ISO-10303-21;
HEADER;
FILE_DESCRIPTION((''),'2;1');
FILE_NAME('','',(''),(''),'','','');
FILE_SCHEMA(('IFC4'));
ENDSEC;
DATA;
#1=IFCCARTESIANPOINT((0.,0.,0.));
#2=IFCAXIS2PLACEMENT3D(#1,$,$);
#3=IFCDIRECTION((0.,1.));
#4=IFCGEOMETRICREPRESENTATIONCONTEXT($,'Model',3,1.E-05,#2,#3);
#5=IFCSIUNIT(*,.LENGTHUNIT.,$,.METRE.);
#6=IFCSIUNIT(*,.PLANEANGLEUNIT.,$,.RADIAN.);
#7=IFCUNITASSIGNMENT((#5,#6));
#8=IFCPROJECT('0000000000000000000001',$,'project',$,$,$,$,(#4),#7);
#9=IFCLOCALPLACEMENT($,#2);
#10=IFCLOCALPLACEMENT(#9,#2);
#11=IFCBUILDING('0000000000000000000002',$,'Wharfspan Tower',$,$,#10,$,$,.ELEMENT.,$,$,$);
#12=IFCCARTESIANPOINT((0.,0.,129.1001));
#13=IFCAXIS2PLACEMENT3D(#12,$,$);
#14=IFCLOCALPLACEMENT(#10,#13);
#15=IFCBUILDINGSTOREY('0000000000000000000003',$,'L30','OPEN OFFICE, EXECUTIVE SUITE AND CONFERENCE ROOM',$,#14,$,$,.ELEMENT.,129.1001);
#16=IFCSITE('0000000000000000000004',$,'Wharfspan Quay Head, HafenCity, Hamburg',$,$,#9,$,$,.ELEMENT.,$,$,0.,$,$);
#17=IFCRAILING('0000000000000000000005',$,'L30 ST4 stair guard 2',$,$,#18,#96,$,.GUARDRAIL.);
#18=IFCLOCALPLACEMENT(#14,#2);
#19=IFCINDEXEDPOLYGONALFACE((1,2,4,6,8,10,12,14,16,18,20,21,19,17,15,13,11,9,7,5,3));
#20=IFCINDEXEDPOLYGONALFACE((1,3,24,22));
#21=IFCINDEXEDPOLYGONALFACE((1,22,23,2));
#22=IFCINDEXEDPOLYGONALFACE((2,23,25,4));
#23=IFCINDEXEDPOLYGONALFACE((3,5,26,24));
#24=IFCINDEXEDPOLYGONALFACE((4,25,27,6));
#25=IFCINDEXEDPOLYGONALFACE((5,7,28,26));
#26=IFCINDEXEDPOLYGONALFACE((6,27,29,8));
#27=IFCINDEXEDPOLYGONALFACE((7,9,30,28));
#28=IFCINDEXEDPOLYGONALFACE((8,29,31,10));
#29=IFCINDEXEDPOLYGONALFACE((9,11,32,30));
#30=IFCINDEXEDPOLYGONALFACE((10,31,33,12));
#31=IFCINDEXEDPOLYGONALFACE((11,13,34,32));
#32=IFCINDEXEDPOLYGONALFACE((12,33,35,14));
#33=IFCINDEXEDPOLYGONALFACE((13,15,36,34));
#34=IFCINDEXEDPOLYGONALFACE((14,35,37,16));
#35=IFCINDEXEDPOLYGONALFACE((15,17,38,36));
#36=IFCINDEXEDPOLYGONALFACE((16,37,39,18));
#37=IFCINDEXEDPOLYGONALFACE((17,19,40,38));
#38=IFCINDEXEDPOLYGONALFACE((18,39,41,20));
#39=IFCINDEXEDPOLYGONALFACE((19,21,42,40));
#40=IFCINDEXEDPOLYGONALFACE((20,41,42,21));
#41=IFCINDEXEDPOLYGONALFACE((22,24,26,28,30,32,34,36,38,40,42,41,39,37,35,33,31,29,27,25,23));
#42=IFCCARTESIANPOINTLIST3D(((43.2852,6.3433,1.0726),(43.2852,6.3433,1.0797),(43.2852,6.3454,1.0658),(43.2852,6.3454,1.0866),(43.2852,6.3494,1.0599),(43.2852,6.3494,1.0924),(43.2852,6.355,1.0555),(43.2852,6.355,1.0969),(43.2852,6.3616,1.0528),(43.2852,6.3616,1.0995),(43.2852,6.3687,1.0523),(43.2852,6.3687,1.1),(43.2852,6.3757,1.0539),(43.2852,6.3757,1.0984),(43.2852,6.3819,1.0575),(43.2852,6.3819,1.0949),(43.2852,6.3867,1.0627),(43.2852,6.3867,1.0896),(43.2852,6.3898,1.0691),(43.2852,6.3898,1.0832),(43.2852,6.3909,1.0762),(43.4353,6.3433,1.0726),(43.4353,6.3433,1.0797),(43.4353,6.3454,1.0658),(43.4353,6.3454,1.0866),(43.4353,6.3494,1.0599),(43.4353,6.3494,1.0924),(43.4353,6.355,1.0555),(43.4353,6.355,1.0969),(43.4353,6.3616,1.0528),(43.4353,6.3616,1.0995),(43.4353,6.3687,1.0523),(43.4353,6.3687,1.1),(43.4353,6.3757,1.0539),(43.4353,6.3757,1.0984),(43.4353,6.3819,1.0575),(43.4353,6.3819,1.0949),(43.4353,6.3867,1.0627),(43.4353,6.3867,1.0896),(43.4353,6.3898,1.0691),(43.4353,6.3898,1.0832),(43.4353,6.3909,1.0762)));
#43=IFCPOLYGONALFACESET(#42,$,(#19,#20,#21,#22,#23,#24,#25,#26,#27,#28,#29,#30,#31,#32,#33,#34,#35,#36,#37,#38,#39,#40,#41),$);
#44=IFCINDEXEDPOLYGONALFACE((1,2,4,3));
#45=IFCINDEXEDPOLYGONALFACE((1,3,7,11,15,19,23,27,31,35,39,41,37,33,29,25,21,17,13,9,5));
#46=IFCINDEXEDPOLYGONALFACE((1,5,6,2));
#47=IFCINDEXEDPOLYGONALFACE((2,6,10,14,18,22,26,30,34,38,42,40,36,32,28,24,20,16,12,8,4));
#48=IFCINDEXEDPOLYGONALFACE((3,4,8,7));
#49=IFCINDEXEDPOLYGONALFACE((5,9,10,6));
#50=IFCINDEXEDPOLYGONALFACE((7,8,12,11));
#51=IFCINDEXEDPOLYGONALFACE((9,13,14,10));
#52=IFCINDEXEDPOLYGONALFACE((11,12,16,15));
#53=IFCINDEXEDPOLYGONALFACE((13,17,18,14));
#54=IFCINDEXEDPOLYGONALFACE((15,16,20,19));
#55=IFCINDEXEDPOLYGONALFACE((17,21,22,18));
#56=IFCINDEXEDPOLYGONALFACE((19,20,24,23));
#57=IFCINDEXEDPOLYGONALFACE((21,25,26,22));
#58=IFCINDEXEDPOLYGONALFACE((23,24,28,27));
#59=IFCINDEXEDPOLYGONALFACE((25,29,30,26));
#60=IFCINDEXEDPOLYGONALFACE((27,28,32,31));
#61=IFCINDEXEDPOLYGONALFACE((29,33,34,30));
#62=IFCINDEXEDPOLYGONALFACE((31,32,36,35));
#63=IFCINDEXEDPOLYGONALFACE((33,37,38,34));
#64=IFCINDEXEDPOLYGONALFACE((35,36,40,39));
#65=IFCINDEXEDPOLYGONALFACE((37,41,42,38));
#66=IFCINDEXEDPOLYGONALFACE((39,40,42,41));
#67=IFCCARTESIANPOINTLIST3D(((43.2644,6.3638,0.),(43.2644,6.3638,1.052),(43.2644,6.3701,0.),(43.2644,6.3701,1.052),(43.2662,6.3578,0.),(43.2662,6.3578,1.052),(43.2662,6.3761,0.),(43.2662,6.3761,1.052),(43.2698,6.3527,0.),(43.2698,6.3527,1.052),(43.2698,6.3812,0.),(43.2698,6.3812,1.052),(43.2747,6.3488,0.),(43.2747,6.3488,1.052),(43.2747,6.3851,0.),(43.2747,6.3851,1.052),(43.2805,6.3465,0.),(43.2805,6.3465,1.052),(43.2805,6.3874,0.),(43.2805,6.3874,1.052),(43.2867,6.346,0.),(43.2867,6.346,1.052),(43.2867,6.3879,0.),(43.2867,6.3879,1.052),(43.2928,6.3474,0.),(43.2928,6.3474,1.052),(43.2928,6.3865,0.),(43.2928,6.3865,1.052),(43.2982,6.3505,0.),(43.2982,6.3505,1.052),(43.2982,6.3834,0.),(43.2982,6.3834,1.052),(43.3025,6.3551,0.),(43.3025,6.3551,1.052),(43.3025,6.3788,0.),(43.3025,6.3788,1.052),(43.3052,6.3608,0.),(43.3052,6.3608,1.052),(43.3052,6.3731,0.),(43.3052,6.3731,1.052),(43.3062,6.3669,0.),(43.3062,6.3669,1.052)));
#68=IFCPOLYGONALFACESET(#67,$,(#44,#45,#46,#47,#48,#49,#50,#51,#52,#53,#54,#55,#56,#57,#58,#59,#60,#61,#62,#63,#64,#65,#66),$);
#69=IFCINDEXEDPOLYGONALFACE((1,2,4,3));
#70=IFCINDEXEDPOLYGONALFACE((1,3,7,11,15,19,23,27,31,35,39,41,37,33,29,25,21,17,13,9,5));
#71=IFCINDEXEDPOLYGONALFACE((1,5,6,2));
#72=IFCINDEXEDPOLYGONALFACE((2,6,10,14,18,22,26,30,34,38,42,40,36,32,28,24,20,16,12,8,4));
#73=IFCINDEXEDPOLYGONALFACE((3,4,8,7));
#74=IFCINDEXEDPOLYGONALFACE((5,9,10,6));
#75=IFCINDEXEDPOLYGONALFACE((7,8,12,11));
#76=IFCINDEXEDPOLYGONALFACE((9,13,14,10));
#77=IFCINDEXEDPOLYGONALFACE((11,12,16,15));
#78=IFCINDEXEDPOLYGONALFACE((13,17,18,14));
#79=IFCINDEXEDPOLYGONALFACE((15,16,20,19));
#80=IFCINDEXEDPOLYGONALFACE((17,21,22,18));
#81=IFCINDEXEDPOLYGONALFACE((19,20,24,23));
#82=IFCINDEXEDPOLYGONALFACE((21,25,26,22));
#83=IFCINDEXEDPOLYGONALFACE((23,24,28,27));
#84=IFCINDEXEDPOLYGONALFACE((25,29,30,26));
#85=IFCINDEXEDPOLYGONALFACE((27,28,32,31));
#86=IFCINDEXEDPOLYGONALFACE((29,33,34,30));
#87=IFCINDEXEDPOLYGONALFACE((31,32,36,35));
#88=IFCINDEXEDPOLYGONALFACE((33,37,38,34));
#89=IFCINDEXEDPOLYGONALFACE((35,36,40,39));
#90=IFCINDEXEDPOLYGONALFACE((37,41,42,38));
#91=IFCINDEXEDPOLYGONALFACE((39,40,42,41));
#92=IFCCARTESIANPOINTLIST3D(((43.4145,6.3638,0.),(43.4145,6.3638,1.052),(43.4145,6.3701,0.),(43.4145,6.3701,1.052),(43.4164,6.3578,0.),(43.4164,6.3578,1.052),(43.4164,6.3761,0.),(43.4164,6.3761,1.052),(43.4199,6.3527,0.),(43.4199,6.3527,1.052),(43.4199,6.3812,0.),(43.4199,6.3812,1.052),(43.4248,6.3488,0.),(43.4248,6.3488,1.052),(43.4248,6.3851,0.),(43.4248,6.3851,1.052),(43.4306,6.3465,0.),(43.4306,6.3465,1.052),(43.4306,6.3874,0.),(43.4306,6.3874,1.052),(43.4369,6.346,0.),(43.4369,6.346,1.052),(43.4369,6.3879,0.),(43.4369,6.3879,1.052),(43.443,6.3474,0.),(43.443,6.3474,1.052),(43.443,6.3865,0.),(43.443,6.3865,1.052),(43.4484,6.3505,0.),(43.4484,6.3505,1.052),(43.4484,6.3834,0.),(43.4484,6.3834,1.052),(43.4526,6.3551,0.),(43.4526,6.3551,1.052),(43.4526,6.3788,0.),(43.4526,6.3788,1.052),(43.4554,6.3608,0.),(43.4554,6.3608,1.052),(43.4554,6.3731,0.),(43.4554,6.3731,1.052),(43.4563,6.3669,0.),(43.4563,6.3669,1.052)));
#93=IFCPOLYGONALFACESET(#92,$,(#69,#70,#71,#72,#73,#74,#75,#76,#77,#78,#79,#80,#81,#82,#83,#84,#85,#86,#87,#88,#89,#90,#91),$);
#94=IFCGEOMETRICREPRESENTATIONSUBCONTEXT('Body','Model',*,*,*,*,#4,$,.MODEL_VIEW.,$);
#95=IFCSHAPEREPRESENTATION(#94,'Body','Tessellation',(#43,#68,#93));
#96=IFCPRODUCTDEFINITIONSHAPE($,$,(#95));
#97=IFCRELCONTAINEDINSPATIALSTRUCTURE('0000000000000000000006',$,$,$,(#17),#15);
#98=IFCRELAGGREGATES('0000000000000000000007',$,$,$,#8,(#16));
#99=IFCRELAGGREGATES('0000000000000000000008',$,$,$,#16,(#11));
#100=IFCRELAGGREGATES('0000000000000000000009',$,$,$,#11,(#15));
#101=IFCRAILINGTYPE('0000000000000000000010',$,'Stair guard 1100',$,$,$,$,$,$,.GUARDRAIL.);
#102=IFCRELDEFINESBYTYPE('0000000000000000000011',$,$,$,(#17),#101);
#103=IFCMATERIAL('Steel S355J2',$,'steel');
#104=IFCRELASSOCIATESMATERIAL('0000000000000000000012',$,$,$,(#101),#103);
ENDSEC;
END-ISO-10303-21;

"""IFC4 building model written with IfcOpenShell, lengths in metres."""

from ifc_helpers import new_model, si_unit, direction, frame, origin, origin_2d, place, context, subcontext, project, spatial, circle, extrude, material, type_object, element, save


model = new_model("IFC4")

# Units and contexts
model_context = context("Model", 3, precision=1e-05, world=origin(), true_north=direction((0.0, 1.0)))
body_context = subcontext(model_context, "Body", "Model", "MODEL_VIEW")
ifc_project = project(units=[si_unit("LENGTHUNIT", "METRE"), si_unit("PLANEANGLEUNIT", "RADIAN")], contexts=[model_context])

# Site, building, storey
site_placement = place(None, origin())
site = spatial("IfcSite", under=ifc_project, at=site_placement, Name="Wharfspan Quay Head, HafenCity, Hamburg", CompositionType="ELEMENT", RefElevation=0.0)
building_placement = place(site_placement, origin())
building = spatial("IfcBuilding", under=site, at=building_placement, Name="Wharfspan Tower", CompositionType="ELEMENT")
storey_placement = place(building_placement, frame((0.0, 0.0, 129.1001)))
storey = spatial("IfcBuildingStorey", under=building, at=storey_placement, Name="L30", Description="OPEN OFFICE, EXECUTIVE SUITE AND CONFERENCE ROOM", CompositionType="ELEMENT", Elevation=129.1001)

# Shared definitions
ifc_material_1 = material(Name="Steel S355J2", Category="steel")

# Railing
railing_type_1 = type_object("IfcRailingType", Name="Stair guard 1100", PredefinedType="GUARDRAIL", material=ifc_material_1)
railing_1_placement = place(storey_placement, frame((43.2852, 6.3669, 0.0)))
element("IfcRailing", 1, at=railing_1_placement, inside=storey, type_object=railing_type_1, Name="L30 ST4 stair guard 2", PredefinedType="GUARDRAIL", context=body_context, shape_type="SweptSolid", body=[
    extrude(circle(Radius=0.0239, at=origin_2d()), frame((0.0, 0.0, 1.0762), z_axis=(1.0, 0.0, 0.0), x_axis=(0.0, 1.0, 0.0)), (0.0, 0.0, 1.0), 0.1501),
    extrude(circle(Radius=0.021, at=origin_2d()), origin(), (0.0, 0.0, 1.0), 1.052),
    extrude(circle(Radius=0.021, at=origin_2d()), frame((0.1501, 0.0, 0.0)), (0.0, 0.0, 1.0), 1.052),
])

save(model, "model.ifc")
